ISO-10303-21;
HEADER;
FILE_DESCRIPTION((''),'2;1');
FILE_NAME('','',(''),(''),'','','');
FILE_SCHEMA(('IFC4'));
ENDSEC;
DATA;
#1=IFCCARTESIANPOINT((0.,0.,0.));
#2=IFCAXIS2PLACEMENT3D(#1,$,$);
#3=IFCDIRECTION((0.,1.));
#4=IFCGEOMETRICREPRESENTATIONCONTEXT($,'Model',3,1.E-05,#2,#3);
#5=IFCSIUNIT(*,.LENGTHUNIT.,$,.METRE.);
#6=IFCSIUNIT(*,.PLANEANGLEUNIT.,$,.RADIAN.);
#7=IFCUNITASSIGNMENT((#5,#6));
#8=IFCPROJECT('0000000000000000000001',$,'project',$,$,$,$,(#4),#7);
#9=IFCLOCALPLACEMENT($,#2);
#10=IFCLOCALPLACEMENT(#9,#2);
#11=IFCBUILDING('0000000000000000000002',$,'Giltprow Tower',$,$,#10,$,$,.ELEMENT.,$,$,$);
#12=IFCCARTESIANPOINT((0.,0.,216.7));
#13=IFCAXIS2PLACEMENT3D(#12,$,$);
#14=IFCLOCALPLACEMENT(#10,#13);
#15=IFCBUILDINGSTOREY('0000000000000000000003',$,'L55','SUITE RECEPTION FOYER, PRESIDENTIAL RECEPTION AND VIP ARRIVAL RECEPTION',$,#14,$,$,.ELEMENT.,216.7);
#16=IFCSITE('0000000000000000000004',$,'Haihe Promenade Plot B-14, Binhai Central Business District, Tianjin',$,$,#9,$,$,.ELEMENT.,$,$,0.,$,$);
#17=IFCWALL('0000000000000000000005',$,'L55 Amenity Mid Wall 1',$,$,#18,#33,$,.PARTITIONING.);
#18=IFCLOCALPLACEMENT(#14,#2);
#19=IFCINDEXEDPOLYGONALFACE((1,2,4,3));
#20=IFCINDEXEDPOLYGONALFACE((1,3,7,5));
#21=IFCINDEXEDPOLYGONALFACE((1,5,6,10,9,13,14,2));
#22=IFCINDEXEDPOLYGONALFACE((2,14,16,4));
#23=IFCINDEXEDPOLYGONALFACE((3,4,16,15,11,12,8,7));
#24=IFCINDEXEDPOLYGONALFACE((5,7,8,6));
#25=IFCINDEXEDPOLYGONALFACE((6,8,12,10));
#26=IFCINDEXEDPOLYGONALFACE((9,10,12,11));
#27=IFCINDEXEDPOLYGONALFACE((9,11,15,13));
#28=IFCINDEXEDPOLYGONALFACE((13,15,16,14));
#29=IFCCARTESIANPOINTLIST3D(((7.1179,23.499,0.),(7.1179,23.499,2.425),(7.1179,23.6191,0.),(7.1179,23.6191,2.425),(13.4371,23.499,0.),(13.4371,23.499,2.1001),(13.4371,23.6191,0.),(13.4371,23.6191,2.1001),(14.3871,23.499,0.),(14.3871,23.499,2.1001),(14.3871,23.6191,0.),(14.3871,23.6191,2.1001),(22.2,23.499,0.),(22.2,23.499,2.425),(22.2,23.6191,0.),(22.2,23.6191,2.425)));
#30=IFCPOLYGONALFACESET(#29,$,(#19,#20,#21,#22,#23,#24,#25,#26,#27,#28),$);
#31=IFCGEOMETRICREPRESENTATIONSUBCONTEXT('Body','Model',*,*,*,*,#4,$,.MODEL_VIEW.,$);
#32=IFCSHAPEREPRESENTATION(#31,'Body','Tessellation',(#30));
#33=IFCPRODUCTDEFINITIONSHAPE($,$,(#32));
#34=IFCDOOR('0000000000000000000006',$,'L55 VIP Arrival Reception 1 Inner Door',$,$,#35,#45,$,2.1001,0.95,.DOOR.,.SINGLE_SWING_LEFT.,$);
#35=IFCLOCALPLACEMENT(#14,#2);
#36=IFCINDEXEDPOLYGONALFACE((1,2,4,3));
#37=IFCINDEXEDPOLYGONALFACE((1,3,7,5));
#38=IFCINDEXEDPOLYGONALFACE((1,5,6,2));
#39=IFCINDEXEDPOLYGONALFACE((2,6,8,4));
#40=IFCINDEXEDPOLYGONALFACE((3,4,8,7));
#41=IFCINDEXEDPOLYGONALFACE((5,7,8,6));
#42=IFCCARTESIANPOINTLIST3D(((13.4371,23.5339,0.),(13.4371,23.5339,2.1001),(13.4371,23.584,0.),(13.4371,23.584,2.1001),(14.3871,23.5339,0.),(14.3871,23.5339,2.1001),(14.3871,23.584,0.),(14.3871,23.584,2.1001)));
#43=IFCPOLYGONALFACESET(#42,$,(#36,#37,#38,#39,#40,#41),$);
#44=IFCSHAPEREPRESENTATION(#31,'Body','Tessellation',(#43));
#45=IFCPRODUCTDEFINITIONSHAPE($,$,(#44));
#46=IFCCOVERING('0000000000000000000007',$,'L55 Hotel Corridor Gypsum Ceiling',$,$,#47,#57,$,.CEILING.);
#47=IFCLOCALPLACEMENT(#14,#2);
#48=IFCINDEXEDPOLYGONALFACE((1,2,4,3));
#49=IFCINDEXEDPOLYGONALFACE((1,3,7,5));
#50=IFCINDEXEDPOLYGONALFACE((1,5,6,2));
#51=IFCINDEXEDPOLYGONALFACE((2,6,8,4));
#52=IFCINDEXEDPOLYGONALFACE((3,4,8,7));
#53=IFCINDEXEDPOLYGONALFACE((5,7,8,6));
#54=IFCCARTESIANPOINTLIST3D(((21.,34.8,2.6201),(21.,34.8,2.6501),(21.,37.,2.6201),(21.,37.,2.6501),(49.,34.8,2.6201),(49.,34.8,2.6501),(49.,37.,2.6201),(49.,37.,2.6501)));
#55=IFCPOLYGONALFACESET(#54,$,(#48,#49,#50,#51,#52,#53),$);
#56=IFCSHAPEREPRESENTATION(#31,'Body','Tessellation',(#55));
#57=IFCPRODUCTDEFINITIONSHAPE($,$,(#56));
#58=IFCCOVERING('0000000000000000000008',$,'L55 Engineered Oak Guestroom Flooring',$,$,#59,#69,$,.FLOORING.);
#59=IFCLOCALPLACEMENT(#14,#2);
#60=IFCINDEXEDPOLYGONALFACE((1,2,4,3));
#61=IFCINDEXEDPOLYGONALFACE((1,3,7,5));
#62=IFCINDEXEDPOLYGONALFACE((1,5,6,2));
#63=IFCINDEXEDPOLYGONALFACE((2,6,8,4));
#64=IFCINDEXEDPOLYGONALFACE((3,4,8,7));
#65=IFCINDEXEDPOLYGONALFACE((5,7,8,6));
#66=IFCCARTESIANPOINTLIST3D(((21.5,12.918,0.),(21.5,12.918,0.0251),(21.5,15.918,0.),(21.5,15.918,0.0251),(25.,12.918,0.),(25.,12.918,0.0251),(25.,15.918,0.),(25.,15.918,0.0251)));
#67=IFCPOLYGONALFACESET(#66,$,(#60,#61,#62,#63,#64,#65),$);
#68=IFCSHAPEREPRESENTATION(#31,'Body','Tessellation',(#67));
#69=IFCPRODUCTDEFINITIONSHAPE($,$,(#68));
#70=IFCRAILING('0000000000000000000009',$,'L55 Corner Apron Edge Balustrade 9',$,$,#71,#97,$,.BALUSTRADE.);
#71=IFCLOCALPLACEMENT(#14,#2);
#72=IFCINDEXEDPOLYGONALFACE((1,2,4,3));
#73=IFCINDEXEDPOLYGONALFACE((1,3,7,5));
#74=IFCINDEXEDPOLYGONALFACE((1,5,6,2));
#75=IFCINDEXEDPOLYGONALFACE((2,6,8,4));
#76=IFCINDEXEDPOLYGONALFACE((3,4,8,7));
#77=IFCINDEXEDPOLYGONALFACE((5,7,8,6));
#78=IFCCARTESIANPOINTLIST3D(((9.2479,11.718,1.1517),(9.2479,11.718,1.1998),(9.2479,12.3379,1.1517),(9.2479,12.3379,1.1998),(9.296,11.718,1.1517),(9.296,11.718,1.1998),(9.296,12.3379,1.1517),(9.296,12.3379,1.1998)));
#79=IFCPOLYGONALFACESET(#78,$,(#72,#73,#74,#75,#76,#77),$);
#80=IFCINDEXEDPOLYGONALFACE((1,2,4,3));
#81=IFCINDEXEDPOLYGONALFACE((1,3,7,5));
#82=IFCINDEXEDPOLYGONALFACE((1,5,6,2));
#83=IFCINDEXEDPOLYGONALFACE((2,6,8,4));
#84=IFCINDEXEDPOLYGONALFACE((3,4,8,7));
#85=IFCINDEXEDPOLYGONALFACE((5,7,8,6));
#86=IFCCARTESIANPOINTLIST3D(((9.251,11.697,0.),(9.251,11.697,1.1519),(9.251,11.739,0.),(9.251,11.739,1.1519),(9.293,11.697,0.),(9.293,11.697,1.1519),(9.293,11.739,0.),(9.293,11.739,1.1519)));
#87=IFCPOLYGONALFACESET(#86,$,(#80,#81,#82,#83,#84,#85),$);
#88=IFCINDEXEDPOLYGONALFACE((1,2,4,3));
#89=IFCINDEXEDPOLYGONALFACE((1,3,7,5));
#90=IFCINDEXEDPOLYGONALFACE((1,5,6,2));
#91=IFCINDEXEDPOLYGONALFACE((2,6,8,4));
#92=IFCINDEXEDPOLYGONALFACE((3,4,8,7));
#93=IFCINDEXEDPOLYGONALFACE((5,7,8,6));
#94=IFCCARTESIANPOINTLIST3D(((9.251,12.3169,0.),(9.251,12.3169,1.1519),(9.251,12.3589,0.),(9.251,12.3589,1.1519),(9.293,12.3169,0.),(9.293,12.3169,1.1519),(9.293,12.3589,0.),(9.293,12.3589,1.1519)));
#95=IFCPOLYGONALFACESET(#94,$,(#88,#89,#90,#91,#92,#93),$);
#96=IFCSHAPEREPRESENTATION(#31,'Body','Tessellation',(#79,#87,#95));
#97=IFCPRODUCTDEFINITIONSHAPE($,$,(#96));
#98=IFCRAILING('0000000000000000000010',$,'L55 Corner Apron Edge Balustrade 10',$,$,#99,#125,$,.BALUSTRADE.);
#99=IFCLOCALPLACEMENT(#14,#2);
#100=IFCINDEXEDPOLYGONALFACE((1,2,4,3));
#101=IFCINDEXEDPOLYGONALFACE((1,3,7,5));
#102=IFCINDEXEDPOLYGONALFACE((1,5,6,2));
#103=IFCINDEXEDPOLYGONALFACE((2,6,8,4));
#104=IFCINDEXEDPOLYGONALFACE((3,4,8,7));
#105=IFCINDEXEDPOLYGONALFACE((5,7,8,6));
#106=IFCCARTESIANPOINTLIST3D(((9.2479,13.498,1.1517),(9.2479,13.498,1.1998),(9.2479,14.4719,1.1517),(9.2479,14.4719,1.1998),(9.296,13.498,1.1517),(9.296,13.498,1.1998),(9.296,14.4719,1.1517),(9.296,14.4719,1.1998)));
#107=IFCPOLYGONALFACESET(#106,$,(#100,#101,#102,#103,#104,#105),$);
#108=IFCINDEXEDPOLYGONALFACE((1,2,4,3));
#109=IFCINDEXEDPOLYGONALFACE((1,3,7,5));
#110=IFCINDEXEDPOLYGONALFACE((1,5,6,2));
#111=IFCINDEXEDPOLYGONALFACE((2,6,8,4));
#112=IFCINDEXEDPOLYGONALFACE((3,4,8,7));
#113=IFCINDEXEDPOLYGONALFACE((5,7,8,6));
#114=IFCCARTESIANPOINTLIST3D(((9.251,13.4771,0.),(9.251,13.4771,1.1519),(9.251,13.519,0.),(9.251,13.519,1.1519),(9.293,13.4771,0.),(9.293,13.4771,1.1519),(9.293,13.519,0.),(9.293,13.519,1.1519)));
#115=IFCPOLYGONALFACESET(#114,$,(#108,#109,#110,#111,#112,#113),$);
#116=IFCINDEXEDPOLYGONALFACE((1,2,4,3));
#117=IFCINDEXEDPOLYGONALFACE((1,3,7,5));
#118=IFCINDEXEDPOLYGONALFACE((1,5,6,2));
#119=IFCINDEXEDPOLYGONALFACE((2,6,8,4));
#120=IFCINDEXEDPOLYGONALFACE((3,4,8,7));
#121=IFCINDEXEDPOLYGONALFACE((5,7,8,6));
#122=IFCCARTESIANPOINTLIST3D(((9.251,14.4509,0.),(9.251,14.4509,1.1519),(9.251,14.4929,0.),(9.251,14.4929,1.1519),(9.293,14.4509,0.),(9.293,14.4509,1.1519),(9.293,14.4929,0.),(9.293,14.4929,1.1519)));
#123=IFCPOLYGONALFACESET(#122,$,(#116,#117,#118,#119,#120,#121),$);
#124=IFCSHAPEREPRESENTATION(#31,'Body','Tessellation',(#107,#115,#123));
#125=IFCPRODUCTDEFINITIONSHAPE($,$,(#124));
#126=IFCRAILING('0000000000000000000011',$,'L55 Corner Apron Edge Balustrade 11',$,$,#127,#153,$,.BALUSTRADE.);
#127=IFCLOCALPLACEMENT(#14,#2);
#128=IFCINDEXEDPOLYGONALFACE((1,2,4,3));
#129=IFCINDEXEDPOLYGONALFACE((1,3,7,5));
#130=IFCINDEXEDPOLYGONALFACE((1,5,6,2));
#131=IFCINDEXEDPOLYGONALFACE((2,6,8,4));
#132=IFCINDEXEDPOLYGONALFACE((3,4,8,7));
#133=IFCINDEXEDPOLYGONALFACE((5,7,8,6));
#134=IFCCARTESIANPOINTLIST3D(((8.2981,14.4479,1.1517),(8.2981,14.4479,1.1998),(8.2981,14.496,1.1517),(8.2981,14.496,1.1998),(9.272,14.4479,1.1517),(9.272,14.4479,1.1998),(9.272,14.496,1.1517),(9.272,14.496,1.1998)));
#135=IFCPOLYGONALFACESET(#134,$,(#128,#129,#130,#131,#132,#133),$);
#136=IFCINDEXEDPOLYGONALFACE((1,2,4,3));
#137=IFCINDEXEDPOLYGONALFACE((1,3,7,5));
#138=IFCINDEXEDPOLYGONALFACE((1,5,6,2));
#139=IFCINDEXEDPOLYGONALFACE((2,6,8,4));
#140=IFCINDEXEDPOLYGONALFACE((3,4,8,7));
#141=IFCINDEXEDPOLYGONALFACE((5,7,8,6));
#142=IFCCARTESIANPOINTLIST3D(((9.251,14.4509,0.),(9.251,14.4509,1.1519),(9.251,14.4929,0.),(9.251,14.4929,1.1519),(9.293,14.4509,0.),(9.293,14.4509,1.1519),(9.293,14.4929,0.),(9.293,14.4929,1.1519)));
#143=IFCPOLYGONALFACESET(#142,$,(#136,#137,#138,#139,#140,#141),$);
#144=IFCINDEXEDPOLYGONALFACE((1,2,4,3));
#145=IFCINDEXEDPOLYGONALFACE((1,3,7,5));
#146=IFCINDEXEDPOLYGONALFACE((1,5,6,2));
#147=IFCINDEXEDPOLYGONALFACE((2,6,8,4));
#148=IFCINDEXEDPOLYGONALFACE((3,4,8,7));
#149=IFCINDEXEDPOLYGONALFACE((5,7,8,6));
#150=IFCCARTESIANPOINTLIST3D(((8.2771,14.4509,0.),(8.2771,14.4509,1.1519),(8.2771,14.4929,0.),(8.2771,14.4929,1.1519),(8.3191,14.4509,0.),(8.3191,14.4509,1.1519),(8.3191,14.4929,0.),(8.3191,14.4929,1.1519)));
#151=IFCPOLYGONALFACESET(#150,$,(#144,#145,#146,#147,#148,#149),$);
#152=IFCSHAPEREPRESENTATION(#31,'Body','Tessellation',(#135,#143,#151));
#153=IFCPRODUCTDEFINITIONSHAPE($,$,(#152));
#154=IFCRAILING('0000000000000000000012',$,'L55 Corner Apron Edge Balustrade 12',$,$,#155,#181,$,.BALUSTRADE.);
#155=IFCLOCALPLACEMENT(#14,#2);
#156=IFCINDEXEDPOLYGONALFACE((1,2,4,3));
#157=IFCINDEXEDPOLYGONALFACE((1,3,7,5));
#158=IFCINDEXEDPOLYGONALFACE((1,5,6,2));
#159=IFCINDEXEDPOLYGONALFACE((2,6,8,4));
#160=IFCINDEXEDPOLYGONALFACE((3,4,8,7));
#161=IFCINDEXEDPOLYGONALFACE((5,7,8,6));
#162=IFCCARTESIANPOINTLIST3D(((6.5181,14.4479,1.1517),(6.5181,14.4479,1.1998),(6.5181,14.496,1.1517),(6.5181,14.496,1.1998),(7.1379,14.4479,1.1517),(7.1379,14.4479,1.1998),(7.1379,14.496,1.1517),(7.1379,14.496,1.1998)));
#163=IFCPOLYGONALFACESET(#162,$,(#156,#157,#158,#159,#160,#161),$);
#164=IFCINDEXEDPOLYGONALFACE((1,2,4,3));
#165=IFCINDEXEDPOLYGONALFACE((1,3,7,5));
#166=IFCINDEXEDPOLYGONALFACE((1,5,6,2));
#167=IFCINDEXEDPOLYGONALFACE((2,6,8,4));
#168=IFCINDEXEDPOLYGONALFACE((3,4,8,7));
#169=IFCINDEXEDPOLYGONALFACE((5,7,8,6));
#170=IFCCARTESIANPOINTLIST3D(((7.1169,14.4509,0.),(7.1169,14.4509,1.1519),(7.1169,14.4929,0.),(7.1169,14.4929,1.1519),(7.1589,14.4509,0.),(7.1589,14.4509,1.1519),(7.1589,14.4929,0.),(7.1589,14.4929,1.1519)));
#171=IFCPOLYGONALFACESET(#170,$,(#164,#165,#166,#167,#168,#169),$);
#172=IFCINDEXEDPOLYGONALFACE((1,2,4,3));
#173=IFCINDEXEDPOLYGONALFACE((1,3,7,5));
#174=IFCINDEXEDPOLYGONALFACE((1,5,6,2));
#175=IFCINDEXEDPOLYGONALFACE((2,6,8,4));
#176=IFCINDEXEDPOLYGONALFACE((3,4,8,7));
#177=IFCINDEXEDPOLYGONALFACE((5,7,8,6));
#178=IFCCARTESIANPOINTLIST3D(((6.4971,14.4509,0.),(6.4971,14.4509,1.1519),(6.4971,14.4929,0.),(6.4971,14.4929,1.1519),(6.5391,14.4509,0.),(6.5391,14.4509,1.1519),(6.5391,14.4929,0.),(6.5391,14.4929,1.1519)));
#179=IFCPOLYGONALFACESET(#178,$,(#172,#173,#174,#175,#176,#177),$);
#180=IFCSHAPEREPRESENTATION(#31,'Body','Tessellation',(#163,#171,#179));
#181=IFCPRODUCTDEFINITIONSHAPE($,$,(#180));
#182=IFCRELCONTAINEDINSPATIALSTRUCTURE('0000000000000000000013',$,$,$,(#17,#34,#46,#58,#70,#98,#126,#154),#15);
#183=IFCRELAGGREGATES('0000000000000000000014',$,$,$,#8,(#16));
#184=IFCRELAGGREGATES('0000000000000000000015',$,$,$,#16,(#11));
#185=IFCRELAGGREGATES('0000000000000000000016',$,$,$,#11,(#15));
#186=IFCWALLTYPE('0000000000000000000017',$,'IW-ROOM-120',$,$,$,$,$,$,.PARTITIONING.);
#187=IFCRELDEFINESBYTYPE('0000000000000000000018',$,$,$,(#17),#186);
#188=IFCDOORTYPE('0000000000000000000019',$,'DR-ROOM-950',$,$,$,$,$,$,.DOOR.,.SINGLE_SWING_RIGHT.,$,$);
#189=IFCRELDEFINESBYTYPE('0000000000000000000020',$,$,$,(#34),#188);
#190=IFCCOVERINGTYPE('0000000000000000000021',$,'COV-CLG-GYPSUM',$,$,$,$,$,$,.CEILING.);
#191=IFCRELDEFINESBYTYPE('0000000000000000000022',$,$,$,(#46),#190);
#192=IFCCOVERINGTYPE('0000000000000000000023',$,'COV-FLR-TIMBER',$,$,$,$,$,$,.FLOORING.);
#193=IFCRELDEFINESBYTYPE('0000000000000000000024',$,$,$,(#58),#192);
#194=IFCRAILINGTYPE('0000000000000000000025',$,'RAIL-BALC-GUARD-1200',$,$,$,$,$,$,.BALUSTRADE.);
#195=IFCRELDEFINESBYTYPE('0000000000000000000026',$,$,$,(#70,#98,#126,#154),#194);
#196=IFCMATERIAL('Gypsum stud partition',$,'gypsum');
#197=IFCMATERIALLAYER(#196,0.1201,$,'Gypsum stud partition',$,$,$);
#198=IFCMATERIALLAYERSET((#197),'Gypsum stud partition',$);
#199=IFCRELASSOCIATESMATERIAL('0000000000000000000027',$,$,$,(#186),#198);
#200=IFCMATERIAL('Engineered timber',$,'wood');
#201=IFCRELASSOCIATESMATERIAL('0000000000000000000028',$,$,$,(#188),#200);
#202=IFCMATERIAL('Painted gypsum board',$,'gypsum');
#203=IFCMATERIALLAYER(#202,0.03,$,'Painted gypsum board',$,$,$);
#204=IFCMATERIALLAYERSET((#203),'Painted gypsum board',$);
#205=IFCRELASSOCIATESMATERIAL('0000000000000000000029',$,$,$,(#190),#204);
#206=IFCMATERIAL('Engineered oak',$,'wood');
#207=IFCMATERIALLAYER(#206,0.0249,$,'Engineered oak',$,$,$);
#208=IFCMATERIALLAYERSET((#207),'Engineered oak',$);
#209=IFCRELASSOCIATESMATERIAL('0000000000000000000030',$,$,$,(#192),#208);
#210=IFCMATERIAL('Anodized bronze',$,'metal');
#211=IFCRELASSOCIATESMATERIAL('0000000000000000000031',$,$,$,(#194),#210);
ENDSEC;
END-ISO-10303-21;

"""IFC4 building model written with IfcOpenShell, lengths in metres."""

from ifc_helpers import new_model, si_unit, direction, frame, frame_2d, origin, origin_2d, place, context, subcontext, project, spatial, polyline, rectangle, outline, extrude, source, transform, mapped, material, layer, layer_set, type_object, element, fill, save


model = new_model("IFC4")

# Units and contexts
model_context = context("Model", 3, precision=1e-05, world=origin(), true_north=direction((0.0, 1.0)))
body_context = subcontext(model_context, "Body", "Model", "MODEL_VIEW")
ifc_project = project(units=[si_unit("LENGTHUNIT", "METRE"), si_unit("PLANEANGLEUNIT", "RADIAN")], contexts=[model_context])

# Site, building, storey
site_placement = place(None, origin())
site = spatial("IfcSite", under=ifc_project, at=site_placement, Name="Haihe Promenade Plot B-14, Binhai Central Business District, Tianjin", CompositionType="ELEMENT", RefElevation=0.0)
building_placement = place(site_placement, origin())
building = spatial("IfcBuilding", under=site, at=building_placement, Name="Giltprow Tower", CompositionType="ELEMENT")
storey_placement = place(building_placement, frame((0.0, 0.0, 216.7)))
storey = spatial("IfcBuildingStorey", under=building, at=storey_placement, Name="L55", Description="SUITE RECEPTION FOYER, PRESIDENTIAL RECEPTION AND VIP ARRIVAL RECEPTION", CompositionType="ELEMENT", Elevation=216.7)

# Shared definitions
ifc_material_1 = material(Name="Anodized bronze", Category="metal")

# Wall, opening, door
ifc_material_2 = material(Name="Gypsum stud partition", Category="gypsum")
ifc_layer_1 = layer(ifc_material_2, 0.1201, Name="Gypsum stud partition")
ifc_layer_set_1 = layer_set([ifc_layer_1], Name="Gypsum stud partition")
wall_type_1 = type_object("IfcWallType", Name="IW-ROOM-120", PredefinedType="PARTITIONING", material=ifc_layer_set_1)
wall_1_placement = place(storey_placement, frame((7.1179, 23.5591, 0.0), z_axis=(0.0, 0.0, 1.0), x_axis=(1.0, 0.0, 0.0)))
wall_1 = element("IfcWall", 1, at=wall_1_placement, inside=storey, type_object=wall_type_1, Name="L55 Amenity Mid Wall 1", PredefinedType="PARTITIONING", context=body_context, shape_type="SweptSolid", body=[
    extrude(rectangle(XDim=15.082, YDim=0.1201, at=frame_2d((7.541, 0.0))), origin(), (0.0, 0.0, 1.0), 2.425),
])
opening_1_placement = place(wall_1_placement, frame((6.3191, 0.0, 0.0)))
opening_1 = element("IfcOpeningElement", 2, at=opening_1_placement, cuts=wall_1, PredefinedType="OPENING", context=body_context, shape_type="SweptSolid", body=[
    extrude(rectangle(XDim=0.95, YDim=2.1001, at=frame_2d((0.4751, 1.05))), frame((0.0, 0.0701, 0.0), z_axis=(0.0, -1.0, 0.0), x_axis=(1.0, 0.0, 0.0)), (0.0, 0.0, 1.0), 0.1401),
])
ifc_material_3 = material(Name="Engineered timber", Category="wood")
door_type = type_object("IfcDoorType", Name="DR-ROOM-950", OperationType="SINGLE_SWING_RIGHT", PredefinedType="DOOR", material=ifc_material_3)
shared_shape_1 = source(origin(), body_context, "Body", "SweptSolid", [
    extrude(rectangle(XDim=0.95, YDim=2.1001, at=frame_2d((0.4751, 1.05))), frame((0.0, 0.0249, 0.0), z_axis=(0.0, -1.0, 0.0), x_axis=(1.0, 0.0, 0.0)), (0.0, 0.0, 1.0), 0.05),
])
door_placement = place(opening_1_placement, origin())
door = element("IfcDoor", 3, at=door_placement, inside=storey, type_object=door_type, Name="L55 VIP Arrival Reception 1 Inner Door", OperationType="SINGLE_SWING_LEFT", OverallHeight=2.1001, OverallWidth=0.95, PredefinedType="DOOR", context=body_context, shape_type="MappedRepresentation", body=[
    mapped(shared_shape_1, transform((0.0, 0.0, 0.0), x_axis=(1.0, 0.0, 0.0), y_axis=(0.0, 1.0, 0.0), z_axis=(0.0, 0.0, 1.0), scale=1.0)),
])
fill(opening_1, door)

# Coverings
ifc_material_4 = material(Name="Painted gypsum board", Category="gypsum")
ifc_layer_2 = layer(ifc_material_4, 0.03, Name="Painted gypsum board")
ifc_layer_set_2 = layer_set([ifc_layer_2], Name="Painted gypsum board")
covering_type_1 = type_object("IfcCoveringType", Name="COV-CLG-GYPSUM", PredefinedType="CEILING", material=ifc_layer_set_2)
covering_1_placement = place(storey_placement, frame((0.0, 0.0, 2.6201)))
element("IfcCovering", 4, at=covering_1_placement, inside=storey, type_object=covering_type_1, Name="L55 Hotel Corridor Gypsum Ceiling", PredefinedType="CEILING", context=body_context, shape_type="SweptSolid", body=[
    extrude(outline(polyline([(21.0, 34.8), (49.0, 34.8), (49.0, 37.0), (21.0, 37.0), (21.0, 34.8)])), origin(), (0.0, 0.0, 1.0), 0.03),
])
ifc_material_5 = material(Name="Engineered oak", Category="wood")
ifc_layer_3 = layer(ifc_material_5, 0.0249, Name="Engineered oak")
ifc_layer_set_3 = layer_set([ifc_layer_3], Name="Engineered oak")
covering_type_2 = type_object("IfcCoveringType", Name="COV-FLR-TIMBER", PredefinedType="FLOORING", material=ifc_layer_set_3)
covering_2_placement = place(storey_placement, origin())
element("IfcCovering", 5, at=covering_2_placement, inside=storey, type_object=covering_type_2, Name="L55 Engineered Oak Guestroom Flooring", PredefinedType="FLOORING", context=body_context, shape_type="SweptSolid", body=[
    extrude(outline(polyline([(21.5, 12.918), (25.0, 12.918), (25.0, 15.918), (21.5, 15.918), (21.5, 12.918)])), origin(), (0.0, 0.0, 1.0), 0.0251),
])

# Railings
railing_type = type_object("IfcRailingType", Name="RAIL-BALC-GUARD-1200", PredefinedType="BALUSTRADE", material=ifc_material_1)
railing_1_placement = place(storey_placement, frame((9.272, 11.718, 0.0)))
element("IfcRailing", 6, at=railing_1_placement, inside=storey, type_object=railing_type, Name="L55 Corner Apron Edge Balustrade 9", PredefinedType="BALUSTRADE", context=body_context, shape_type="SweptSolid", body=[
    extrude(rectangle(XDim=0.0481, YDim=0.0481, at=origin_2d()), frame((0.0, 0.0, 1.1758), z_axis=(0.0, 1.0, 0.0), x_axis=(-1.0, 0.0, 0.0)), (0.0, 0.0, 1.0), 0.6199),
    extrude(rectangle(XDim=0.042, YDim=0.042, at=origin_2d()), origin(), (0.0, 0.0, 1.0), 1.1519),
    extrude(rectangle(XDim=0.042, YDim=0.042, at=origin_2d()), frame((0.0, 0.6199, 0.0)), (0.0, 0.0, 1.0), 1.1519),
])
railing_2_placement = place(storey_placement, frame((9.272, 13.498, 0.0)))
element("IfcRailing", 7, at=railing_2_placement, inside=storey, type_object=railing_type, Name="L55 Corner Apron Edge Balustrade 10", PredefinedType="BALUSTRADE", context=body_context, shape_type="SweptSolid", body=[
    extrude(rectangle(XDim=0.0481, YDim=0.0481, at=origin_2d()), frame((0.0, 0.0, 1.1758), z_axis=(0.0, 1.0, 0.0), x_axis=(-1.0, 0.0, 0.0)), (0.0, 0.0, 1.0), 0.9739),
    extrude(rectangle(XDim=0.042, YDim=0.042, at=origin_2d()), origin(), (0.0, 0.0, 1.0), 1.1519),
    extrude(rectangle(XDim=0.042, YDim=0.042, at=origin_2d()), frame((0.0, 0.9739, 0.0)), (0.0, 0.0, 1.0), 1.1519),
])
railing_3_placement = place(storey_placement, frame((9.272, 14.4719, 0.0)))
element("IfcRailing", 8, at=railing_3_placement, inside=storey, type_object=railing_type, Name="L55 Corner Apron Edge Balustrade 11", PredefinedType="BALUSTRADE", context=body_context, shape_type="SweptSolid", body=[
    extrude(rectangle(XDim=0.0481, YDim=0.0481, at=origin_2d()), frame((0.0, 0.0, 1.1758), z_axis=(-1.0, 0.0, 0.0), x_axis=(0.0, -1.0, 0.0)), (0.0, 0.0, 1.0), 0.9739),
    extrude(rectangle(XDim=0.042, YDim=0.042, at=origin_2d()), origin(), (0.0, 0.0, 1.0), 1.1519),
    extrude(rectangle(XDim=0.042, YDim=0.042, at=origin_2d()), frame((-0.9739, 0.0, 0.0)), (0.0, 0.0, 1.0), 1.1519),
])
railing_4_placement = place(storey_placement, frame((7.1379, 14.4719, 0.0)))
element("IfcRailing", 9, at=railing_4_placement, inside=storey, type_object=railing_type, Name="L55 Corner Apron Edge Balustrade 12", PredefinedType="BALUSTRADE", context=body_context, shape_type="SweptSolid", body=[
    extrude(rectangle(XDim=0.0481, YDim=0.0481, at=origin_2d()), frame((0.0, 0.0, 1.1758), z_axis=(-1.0, 0.0, 0.0), x_axis=(0.0, -1.0, 0.0)), (0.0, 0.0, 1.0), 0.6199),
    extrude(rectangle(XDim=0.042, YDim=0.042, at=origin_2d()), origin(), (0.0, 0.0, 1.0), 1.1519),
    extrude(rectangle(XDim=0.042, YDim=0.042, at=origin_2d()), frame((-0.6199, 0.0, 0.0)), (0.0, 0.0, 1.0), 1.1519),
])

save(model, "model.ifc")
